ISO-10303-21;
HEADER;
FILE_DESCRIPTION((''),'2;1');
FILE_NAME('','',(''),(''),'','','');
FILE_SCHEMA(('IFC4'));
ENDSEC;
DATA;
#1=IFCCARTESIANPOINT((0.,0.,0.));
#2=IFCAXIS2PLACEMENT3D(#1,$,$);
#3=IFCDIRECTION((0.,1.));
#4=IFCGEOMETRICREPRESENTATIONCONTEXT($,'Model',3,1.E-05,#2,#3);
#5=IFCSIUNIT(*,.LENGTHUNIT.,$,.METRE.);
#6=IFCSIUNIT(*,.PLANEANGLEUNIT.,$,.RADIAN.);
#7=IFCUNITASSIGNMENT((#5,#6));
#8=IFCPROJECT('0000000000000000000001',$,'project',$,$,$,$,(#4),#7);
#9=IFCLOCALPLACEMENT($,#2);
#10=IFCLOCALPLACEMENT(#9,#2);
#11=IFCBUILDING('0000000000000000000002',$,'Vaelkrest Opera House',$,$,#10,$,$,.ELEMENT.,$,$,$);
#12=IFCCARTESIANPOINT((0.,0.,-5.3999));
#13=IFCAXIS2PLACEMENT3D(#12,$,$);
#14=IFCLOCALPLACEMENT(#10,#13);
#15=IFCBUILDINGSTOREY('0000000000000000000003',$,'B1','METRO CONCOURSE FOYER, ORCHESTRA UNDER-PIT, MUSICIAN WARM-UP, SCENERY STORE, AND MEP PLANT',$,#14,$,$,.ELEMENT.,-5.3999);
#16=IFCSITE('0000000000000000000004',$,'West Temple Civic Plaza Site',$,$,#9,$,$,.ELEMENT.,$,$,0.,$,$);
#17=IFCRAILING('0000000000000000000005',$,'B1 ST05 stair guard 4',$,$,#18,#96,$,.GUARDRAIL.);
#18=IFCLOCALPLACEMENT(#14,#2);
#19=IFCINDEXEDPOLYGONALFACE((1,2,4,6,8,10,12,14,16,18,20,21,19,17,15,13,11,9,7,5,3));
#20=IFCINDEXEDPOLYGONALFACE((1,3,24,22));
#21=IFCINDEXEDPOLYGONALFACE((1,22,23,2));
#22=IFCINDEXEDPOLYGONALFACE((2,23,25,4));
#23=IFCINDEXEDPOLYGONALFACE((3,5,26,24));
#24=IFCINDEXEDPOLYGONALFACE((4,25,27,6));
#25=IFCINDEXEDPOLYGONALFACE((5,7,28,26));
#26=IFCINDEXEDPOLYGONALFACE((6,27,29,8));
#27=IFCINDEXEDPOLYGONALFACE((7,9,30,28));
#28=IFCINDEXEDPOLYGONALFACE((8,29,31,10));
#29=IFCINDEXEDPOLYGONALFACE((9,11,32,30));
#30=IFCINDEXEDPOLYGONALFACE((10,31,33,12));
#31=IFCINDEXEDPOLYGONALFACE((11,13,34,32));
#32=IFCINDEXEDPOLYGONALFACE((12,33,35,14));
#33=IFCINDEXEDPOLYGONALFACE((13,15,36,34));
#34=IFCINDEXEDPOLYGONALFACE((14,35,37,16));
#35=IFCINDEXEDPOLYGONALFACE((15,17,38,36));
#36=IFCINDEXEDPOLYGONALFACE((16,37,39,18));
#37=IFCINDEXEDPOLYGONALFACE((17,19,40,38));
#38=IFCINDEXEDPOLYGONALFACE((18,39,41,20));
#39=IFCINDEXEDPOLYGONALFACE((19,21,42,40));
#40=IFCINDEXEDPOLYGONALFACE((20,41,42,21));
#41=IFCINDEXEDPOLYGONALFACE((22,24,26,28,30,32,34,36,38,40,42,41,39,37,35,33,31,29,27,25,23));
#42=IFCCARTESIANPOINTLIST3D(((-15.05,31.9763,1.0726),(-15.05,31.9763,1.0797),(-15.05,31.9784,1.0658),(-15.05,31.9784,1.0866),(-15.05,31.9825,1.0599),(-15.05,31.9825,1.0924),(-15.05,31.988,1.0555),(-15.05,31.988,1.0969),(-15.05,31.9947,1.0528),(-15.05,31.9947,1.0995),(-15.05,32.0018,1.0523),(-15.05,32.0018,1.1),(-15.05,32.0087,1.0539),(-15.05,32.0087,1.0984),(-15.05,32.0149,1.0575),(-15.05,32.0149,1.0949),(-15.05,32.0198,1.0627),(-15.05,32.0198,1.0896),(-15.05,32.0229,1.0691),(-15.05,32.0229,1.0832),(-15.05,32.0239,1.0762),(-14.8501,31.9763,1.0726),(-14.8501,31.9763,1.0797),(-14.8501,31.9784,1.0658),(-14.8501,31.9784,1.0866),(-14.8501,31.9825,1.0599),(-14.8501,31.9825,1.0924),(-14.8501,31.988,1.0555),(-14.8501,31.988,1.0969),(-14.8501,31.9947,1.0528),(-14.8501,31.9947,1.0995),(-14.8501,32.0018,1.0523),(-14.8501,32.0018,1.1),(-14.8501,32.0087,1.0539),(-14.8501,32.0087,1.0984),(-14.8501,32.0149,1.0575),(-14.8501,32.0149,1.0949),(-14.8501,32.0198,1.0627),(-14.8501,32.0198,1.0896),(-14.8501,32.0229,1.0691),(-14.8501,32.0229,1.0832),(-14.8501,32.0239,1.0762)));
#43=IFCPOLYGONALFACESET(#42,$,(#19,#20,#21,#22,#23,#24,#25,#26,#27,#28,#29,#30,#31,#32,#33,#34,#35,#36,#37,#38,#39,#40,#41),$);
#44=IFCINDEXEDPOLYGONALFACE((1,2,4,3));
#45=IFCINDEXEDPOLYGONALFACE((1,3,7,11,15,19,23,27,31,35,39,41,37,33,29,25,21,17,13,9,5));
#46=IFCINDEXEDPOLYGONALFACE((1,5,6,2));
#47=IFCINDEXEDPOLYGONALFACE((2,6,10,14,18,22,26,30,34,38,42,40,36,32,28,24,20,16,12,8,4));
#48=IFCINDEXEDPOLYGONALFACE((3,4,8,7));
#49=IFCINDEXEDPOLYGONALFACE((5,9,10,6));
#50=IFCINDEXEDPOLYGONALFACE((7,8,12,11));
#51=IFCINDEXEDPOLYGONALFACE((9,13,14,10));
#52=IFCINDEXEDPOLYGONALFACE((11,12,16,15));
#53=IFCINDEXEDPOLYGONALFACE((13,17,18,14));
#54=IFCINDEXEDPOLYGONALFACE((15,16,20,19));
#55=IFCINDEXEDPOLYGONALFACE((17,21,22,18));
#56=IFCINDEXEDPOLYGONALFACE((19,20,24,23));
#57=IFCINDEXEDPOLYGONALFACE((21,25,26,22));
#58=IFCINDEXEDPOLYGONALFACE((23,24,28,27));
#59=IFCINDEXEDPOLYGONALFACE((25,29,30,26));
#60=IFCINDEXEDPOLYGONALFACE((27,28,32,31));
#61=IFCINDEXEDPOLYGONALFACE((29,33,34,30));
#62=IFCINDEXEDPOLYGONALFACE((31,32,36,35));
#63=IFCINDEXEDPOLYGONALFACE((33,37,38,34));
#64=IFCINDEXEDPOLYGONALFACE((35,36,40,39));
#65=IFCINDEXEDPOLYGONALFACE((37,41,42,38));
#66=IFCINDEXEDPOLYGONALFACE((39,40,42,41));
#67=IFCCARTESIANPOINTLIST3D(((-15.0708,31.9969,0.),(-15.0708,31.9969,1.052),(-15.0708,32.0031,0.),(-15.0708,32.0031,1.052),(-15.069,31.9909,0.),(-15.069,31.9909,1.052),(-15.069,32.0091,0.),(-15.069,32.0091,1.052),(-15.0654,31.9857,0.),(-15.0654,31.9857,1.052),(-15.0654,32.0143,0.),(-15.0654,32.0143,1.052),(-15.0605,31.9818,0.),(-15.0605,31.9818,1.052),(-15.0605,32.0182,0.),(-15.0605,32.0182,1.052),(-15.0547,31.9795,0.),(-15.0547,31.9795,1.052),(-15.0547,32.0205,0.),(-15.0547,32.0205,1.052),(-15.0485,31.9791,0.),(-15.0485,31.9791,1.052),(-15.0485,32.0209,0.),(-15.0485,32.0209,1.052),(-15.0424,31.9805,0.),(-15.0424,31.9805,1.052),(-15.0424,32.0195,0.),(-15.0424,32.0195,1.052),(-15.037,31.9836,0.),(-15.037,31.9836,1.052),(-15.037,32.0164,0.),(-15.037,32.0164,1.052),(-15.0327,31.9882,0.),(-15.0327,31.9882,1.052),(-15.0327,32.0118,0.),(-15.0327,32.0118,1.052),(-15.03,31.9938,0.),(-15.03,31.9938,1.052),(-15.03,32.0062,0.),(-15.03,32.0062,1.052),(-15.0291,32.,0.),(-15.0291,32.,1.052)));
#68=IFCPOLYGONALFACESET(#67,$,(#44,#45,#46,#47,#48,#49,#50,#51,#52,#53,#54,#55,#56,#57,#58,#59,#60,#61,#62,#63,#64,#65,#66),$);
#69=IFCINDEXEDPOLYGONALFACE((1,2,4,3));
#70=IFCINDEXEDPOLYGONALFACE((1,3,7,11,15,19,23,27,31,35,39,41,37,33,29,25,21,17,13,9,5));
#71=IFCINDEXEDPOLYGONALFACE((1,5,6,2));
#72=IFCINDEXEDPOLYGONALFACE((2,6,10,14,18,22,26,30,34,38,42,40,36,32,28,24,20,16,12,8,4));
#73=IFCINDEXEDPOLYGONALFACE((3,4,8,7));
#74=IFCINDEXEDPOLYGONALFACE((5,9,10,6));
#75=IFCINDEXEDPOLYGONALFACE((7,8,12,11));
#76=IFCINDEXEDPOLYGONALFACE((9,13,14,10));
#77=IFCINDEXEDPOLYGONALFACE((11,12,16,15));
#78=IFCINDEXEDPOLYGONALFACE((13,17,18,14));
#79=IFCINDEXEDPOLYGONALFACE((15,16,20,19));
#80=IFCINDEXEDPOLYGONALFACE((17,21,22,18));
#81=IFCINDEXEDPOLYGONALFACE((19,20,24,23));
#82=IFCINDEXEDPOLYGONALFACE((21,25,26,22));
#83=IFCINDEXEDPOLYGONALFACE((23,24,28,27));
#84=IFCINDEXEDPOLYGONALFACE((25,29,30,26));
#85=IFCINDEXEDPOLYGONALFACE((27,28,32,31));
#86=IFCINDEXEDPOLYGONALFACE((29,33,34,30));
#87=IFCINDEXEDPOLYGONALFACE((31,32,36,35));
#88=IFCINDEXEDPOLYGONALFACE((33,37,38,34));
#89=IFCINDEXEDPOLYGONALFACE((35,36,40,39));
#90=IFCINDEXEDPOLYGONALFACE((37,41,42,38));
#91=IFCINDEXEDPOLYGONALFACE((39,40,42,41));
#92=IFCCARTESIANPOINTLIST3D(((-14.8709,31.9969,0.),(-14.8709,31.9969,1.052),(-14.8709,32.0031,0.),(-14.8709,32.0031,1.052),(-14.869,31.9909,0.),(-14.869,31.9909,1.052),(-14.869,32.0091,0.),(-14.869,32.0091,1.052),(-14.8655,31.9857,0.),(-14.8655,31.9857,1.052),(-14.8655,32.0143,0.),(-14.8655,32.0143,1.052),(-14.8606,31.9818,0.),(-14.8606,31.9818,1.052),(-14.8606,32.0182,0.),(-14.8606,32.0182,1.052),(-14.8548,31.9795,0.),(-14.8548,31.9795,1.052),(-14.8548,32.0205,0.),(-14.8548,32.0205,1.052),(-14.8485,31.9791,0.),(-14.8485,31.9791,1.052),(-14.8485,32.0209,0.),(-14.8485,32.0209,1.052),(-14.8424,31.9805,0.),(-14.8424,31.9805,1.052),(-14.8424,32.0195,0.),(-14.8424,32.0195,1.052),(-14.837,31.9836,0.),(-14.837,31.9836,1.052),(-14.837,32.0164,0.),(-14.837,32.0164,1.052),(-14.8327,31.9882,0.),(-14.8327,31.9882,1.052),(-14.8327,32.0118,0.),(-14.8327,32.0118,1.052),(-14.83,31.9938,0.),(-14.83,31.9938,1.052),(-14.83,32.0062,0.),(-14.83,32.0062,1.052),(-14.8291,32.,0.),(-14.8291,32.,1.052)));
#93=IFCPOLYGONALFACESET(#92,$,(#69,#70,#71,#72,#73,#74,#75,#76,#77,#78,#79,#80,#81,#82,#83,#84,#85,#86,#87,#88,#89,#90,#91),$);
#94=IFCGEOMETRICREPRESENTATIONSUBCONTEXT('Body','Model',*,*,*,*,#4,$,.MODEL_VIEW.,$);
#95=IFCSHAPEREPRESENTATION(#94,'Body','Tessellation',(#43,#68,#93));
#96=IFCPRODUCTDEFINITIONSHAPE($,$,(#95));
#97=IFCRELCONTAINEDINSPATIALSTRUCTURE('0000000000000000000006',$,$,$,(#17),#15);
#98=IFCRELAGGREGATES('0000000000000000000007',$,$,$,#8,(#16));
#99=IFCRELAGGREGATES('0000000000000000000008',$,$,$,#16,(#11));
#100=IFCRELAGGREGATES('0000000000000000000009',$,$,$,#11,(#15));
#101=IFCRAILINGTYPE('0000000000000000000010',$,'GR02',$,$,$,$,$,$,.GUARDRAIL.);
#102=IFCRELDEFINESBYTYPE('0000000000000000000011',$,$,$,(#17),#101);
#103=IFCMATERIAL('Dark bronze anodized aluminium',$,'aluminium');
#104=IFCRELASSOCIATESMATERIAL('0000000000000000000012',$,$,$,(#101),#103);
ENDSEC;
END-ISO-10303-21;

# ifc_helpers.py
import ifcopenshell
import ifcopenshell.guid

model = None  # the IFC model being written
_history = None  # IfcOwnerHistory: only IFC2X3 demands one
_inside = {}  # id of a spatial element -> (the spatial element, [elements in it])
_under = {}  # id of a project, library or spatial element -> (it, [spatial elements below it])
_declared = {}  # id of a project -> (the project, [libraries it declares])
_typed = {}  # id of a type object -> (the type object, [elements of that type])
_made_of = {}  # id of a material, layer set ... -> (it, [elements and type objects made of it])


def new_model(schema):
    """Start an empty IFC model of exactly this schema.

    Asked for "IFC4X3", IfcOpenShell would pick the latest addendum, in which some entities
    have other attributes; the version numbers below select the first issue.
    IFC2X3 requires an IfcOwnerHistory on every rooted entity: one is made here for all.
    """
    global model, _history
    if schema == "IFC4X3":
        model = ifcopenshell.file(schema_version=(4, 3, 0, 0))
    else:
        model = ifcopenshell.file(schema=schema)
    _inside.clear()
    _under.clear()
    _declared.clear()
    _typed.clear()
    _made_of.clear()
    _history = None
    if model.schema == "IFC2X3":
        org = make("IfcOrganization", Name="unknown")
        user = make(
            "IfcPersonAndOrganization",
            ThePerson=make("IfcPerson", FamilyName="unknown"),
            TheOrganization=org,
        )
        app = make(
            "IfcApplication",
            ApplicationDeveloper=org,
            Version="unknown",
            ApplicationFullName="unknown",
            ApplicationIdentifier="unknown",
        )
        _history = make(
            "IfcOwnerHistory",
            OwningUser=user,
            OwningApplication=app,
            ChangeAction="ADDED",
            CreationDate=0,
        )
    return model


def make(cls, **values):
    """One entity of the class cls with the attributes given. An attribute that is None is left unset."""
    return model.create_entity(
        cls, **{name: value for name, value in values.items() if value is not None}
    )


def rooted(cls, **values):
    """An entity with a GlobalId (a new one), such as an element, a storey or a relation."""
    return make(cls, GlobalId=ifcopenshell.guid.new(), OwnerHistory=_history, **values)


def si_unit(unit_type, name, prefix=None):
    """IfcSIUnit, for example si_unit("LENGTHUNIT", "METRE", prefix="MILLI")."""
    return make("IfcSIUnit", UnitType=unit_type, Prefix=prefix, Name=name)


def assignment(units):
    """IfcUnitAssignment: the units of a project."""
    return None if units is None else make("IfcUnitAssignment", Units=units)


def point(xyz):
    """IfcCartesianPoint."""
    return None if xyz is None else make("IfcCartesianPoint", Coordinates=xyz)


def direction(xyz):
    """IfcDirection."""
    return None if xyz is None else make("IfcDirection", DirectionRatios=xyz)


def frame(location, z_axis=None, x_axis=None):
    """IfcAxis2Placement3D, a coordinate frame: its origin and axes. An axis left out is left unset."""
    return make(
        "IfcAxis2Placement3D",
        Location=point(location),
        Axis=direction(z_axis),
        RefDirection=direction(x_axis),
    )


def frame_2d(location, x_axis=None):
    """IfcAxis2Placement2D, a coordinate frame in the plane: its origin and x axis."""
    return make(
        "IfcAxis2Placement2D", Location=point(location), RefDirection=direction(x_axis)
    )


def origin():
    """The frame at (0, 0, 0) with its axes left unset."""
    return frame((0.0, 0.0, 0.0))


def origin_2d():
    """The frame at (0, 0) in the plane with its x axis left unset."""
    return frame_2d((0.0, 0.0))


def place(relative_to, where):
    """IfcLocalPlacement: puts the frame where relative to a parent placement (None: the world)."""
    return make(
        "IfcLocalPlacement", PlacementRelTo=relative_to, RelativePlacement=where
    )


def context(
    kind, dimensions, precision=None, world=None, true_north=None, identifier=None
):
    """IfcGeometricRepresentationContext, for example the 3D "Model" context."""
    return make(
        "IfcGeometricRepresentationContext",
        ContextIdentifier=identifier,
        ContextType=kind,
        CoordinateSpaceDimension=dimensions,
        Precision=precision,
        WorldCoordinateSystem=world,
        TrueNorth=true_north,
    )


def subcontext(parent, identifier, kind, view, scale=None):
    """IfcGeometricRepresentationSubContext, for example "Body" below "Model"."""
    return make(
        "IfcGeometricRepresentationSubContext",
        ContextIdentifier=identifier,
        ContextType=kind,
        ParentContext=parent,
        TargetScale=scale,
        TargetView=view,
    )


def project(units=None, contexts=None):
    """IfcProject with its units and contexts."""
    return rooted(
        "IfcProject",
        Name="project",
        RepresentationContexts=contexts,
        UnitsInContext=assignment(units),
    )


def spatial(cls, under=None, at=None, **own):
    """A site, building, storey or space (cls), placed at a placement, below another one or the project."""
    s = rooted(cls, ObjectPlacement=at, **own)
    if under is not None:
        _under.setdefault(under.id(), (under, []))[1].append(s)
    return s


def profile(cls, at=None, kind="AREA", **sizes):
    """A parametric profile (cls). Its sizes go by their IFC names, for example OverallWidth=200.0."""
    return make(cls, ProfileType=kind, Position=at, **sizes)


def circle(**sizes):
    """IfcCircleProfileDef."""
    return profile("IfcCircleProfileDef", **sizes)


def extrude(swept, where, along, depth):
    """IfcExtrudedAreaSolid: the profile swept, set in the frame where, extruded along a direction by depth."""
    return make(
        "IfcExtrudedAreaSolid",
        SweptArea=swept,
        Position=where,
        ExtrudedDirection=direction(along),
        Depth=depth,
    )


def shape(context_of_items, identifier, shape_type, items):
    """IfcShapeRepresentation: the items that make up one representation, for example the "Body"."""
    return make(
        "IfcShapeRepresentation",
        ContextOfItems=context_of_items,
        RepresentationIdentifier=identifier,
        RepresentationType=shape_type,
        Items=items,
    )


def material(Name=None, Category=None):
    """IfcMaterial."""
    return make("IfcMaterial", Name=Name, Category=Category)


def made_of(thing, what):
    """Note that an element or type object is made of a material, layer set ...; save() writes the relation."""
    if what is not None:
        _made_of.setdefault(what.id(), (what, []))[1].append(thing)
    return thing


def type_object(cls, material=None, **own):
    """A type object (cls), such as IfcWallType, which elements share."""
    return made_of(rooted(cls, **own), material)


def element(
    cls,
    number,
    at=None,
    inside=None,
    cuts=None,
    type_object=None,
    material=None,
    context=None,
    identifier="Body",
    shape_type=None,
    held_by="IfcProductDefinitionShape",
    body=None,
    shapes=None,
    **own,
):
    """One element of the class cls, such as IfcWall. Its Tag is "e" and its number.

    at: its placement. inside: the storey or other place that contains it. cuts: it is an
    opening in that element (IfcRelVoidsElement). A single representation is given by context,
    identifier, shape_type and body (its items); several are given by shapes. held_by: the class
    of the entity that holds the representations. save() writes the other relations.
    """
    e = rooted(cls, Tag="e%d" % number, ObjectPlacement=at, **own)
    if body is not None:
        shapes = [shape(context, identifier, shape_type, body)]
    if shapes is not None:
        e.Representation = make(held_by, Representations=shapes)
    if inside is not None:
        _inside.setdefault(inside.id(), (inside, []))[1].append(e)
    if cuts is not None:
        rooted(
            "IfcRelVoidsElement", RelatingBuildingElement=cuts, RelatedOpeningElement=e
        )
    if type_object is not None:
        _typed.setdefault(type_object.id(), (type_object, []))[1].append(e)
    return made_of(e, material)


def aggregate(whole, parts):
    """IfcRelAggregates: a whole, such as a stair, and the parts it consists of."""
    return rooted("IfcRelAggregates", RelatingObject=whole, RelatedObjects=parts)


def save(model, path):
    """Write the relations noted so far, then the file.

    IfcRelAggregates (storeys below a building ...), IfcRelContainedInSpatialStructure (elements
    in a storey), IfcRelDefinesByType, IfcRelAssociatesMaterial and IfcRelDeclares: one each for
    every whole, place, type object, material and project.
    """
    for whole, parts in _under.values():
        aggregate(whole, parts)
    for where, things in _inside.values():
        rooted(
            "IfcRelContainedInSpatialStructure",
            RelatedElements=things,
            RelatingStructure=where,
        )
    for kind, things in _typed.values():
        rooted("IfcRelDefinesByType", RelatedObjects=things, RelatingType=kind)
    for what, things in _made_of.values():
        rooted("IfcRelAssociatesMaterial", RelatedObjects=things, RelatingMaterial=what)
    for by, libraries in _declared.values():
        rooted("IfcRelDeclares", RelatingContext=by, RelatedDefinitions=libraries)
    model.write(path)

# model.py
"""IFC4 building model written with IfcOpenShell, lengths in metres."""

from ifc_helpers import new_model, si_unit, direction, frame, origin, origin_2d, place, context, subcontext, project, spatial, circle, extrude, material, type_object, element, save


model = new_model("IFC4")

# Units and contexts
model_context = context("Model", 3, precision=1e-05, world=origin(), true_north=direction((0.0, 1.0)))
body_context = subcontext(model_context, "Body", "Model", "MODEL_VIEW")
ifc_project = project(units=[si_unit("LENGTHUNIT", "METRE"), si_unit("PLANEANGLEUNIT", "RADIAN")], contexts=[model_context])

# Site, building, storey
site_placement = place(None, origin())
site = spatial("IfcSite", under=ifc_project, at=site_placement, Name="West Temple Civic Plaza Site", CompositionType="ELEMENT", RefElevation=0.0)
building_placement = place(site_placement, origin())
building = spatial("IfcBuilding", under=site, at=building_placement, Name="Vaelkrest Opera House", CompositionType="ELEMENT")
storey_placement = place(building_placement, frame((0.0, 0.0, -5.3999)))
storey = spatial("IfcBuildingStorey", under=building, at=storey_placement, Name="B1", Description="METRO CONCOURSE FOYER, ORCHESTRA UNDER-PIT, MUSICIAN WARM-UP, SCENERY STORE, AND MEP PLANT", CompositionType="ELEMENT", Elevation=-5.3999)

# Railing
ifc_material_1 = material(Name="Dark bronze anodized aluminium", Category="aluminium")
railing_type_1 = type_object("IfcRailingType", Name="GR02", PredefinedType="GUARDRAIL", material=ifc_material_1)
railing_1_placement = place(storey_placement, frame((-15.05, 32.0, 0.0)))
element("IfcRailing", 1, at=railing_1_placement, inside=storey, type_object=railing_type_1, Name="B1 ST05 stair guard 4", PredefinedType="GUARDRAIL", context=body_context, shape_type="SweptSolid", body=[
    extrude(circle(Radius=0.0239, at=origin_2d()), frame((0.0, 0.0, 1.0762), z_axis=(1.0, 0.0, 0.0), x_axis=(0.0, 1.0, 0.0)), (0.0, 0.0, 1.0), 0.2),
    extrude(circle(Radius=0.021, at=origin_2d()), origin(), (0.0, 0.0, 1.0), 1.052),
    extrude(circle(Radius=0.021, at=origin_2d()), frame((0.2, 0.0, 0.0)), (0.0, 0.0, 1.0), 1.052),
])

save(model, "model.ifc")
